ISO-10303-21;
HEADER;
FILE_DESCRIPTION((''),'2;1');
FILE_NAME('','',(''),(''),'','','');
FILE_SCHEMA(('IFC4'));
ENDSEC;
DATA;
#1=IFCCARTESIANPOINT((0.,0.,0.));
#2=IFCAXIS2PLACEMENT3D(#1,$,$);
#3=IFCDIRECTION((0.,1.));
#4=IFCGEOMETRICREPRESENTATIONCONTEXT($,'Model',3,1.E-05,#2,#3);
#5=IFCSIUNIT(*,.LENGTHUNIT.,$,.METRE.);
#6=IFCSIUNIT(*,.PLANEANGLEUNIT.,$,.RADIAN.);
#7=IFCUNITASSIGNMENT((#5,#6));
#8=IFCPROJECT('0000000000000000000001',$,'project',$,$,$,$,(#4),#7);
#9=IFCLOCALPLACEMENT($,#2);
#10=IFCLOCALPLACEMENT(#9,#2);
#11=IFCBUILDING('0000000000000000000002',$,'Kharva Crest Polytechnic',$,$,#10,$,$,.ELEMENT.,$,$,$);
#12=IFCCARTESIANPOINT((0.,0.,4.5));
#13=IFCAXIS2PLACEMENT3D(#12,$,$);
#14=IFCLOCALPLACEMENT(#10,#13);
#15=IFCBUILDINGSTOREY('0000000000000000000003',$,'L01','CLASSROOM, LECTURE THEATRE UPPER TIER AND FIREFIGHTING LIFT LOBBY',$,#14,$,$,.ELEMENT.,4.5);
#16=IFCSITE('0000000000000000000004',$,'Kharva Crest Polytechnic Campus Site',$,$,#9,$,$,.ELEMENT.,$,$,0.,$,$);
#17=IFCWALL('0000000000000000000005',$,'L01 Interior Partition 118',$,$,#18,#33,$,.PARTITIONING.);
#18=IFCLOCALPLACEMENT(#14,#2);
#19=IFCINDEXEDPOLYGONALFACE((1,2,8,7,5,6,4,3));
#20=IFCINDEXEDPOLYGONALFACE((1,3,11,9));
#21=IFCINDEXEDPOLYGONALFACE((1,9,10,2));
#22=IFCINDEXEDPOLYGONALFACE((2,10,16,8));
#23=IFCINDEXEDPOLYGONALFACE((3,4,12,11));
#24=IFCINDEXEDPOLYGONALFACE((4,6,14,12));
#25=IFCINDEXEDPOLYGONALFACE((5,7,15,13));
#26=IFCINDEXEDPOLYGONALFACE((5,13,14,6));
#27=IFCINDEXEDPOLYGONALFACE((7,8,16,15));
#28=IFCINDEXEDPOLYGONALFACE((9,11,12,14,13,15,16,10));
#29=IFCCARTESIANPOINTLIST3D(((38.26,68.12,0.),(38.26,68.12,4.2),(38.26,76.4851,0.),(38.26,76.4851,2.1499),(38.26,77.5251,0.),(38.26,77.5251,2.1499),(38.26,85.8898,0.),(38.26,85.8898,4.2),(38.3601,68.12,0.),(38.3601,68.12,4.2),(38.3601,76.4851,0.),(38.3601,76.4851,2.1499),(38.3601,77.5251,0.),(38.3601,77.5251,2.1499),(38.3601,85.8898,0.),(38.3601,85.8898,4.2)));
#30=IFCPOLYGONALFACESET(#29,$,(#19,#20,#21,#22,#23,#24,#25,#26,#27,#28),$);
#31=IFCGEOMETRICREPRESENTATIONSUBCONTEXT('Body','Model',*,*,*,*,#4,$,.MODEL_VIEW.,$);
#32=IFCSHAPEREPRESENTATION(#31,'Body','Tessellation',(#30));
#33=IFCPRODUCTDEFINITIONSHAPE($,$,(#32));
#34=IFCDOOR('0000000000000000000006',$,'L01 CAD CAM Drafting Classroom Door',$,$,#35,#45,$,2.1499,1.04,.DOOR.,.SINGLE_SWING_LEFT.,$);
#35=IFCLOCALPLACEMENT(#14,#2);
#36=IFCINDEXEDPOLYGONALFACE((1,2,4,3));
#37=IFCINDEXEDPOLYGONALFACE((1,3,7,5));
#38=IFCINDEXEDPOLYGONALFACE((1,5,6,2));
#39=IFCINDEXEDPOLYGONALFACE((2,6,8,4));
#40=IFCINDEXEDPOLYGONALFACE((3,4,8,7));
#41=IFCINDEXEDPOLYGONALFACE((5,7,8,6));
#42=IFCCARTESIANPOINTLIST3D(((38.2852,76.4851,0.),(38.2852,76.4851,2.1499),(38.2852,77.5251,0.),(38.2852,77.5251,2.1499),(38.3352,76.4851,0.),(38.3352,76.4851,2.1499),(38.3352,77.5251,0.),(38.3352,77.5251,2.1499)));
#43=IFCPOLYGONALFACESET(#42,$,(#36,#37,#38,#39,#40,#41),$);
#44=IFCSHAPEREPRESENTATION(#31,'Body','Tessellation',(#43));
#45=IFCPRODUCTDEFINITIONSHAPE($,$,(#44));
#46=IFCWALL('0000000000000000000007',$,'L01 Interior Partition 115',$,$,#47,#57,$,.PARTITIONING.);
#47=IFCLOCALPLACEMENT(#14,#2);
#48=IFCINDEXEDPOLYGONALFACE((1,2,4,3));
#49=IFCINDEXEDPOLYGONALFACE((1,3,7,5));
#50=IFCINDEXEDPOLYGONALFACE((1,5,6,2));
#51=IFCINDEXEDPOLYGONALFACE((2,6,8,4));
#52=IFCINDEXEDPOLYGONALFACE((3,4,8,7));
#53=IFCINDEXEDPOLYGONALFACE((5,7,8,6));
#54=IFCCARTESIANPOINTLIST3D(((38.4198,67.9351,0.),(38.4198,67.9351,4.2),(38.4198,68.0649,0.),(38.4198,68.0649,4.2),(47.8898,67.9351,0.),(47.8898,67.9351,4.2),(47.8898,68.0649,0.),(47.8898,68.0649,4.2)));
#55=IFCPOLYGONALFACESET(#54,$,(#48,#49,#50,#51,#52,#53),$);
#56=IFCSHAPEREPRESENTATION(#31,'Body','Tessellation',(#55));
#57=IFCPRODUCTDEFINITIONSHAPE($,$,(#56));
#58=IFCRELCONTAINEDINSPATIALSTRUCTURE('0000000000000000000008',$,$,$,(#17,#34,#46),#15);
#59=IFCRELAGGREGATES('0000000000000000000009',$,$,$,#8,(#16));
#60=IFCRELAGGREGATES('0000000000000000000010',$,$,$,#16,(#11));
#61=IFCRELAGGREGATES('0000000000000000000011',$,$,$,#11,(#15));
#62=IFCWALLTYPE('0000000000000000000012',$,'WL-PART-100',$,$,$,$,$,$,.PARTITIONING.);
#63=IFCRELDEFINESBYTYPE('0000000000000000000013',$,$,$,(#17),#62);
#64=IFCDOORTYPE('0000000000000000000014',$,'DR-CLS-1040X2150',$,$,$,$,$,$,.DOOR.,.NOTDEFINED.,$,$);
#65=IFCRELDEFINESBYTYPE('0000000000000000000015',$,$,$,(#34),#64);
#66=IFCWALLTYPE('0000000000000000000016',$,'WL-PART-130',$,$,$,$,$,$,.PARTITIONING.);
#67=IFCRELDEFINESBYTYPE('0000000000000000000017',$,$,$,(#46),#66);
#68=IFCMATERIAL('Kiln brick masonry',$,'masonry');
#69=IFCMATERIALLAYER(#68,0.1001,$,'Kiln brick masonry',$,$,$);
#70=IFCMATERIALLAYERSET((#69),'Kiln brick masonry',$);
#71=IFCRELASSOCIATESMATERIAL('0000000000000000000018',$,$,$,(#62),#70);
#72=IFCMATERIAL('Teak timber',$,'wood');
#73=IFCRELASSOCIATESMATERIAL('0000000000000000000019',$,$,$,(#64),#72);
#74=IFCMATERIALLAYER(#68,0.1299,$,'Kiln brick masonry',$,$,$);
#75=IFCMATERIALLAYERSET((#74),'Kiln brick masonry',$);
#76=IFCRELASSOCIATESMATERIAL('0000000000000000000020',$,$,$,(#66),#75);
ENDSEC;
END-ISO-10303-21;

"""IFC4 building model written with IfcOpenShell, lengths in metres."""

from ifc_helpers import new_model, si_unit, direction, frame, frame_2d, origin, place, context, subcontext, project, spatial, rectangle, extrude, material, layer, layer_set, type_object, element, fill, save


model = new_model("IFC4")

# Units and contexts
model_context = context("Model", 3, precision=1e-05, world=origin(), true_north=direction((0.0, 1.0)))
body_context = subcontext(model_context, "Body", "Model", "MODEL_VIEW")
ifc_project = project(units=[si_unit("LENGTHUNIT", "METRE"), si_unit("PLANEANGLEUNIT", "RADIAN")], contexts=[model_context])

# Site, building, storey
site_placement = place(None, origin())
site = spatial("IfcSite", under=ifc_project, at=site_placement, Name="Kharva Crest Polytechnic Campus Site", CompositionType="ELEMENT", RefElevation=0.0)
building_placement = place(site_placement, origin())
building = spatial("IfcBuilding", under=site, at=building_placement, Name="Kharva Crest Polytechnic", CompositionType="ELEMENT")
storey_placement = place(building_placement, frame((0.0, 0.0, 4.5)))
storey = spatial("IfcBuildingStorey", under=building, at=storey_placement, Name="L01", Description="CLASSROOM, LECTURE THEATRE UPPER TIER AND FIREFIGHTING LIFT LOBBY", CompositionType="ELEMENT", Elevation=4.5)

# Wall, opening, door
ifc_material_1 = material(Name="Kiln brick masonry", Category="masonry")
ifc_layer_1 = layer(ifc_material_1, 0.1001, Name="Kiln brick masonry")
ifc_layer_set_1 = layer_set([ifc_layer_1], Name="Kiln brick masonry")
wall_type_1 = type_object("IfcWallType", Name="WL-PART-100", PredefinedType="PARTITIONING", material=ifc_layer_set_1)
wall_1_placement = place(storey_placement, frame((38.3101, 68.1201, 0.0), z_axis=(0.0, 0.0, 1.0), x_axis=(0.0, 1.0, 0.0)))
wall_1 = element("IfcWall", 1, at=wall_1_placement, inside=storey, type_object=wall_type_1, Name="L01 Interior Partition 118", PredefinedType="PARTITIONING", context=body_context, shape_type="SweptSolid", body=[
    extrude(rectangle(XDim=17.7698, YDim=0.1001, at=frame_2d((8.8848, 0.0))), origin(), (0.0, 0.0, 1.0), 4.2),
])
opening_placement = place(wall_1_placement, frame((8.365, 0.0, 0.0)))
opening = element("IfcOpeningElement", 2, at=opening_placement, cuts=wall_1, PredefinedType="OPENING", context=body_context, shape_type="SweptSolid", body=[
    extrude(rectangle(XDim=1.04, YDim=2.1499, at=frame_2d((0.52, 1.075))), frame((0.0, 0.0601, 0.0), z_axis=(0.0, -1.0, 0.0), x_axis=(1.0, 0.0, 0.0)), (0.0, 0.0, 1.0), 0.1201),
])
ifc_material_2 = material(Name="Teak timber", Category="wood")
door_type = type_object("IfcDoorType", Name="DR-CLS-1040X2150", OperationType="NOTDEFINED", PredefinedType="DOOR", material=ifc_material_2)
door_placement = place(opening_placement, origin())
door = element("IfcDoor", 3, at=door_placement, inside=storey, type_object=door_type, Name="L01 CAD CAM Drafting Classroom Door", OperationType="SINGLE_SWING_LEFT", OverallHeight=2.1499, OverallWidth=1.04, PredefinedType="DOOR", context=body_context, shape_type="SweptSolid", body=[
    extrude(rectangle(XDim=1.04, YDim=2.1499, at=frame_2d((0.52, 1.075))), frame((0.0, 0.0249, 0.0), z_axis=(0.0, -1.0, 0.0), x_axis=(1.0, 0.0, 0.0)), (0.0, 0.0, 1.0), 0.05),
])
fill(opening, door)

# Wall
ifc_layer_2 = layer(ifc_material_1, 0.1299, Name="Kiln brick masonry")
ifc_layer_set_2 = layer_set([ifc_layer_2], Name="Kiln brick masonry")
wall_type_2 = type_object("IfcWallType", Name="WL-PART-130", PredefinedType="PARTITIONING", material=ifc_layer_set_2)
wall_2_placement = place(storey_placement, frame((38.4199, 68.0, 0.0), z_axis=(0.0, 0.0, 1.0), x_axis=(1.0, 0.0, 0.0)))
element("IfcWall", 4, at=wall_2_placement, inside=storey, type_object=wall_type_2, Name="L01 Interior Partition 115", PredefinedType="PARTITIONING", context=body_context, shape_type="SweptSolid", body=[
    extrude(rectangle(XDim=9.47, YDim=0.1299, at=frame_2d((4.7349, 0.0))), origin(), (0.0, 0.0, 1.0), 4.2),
])

save(model, "model.ifc")
